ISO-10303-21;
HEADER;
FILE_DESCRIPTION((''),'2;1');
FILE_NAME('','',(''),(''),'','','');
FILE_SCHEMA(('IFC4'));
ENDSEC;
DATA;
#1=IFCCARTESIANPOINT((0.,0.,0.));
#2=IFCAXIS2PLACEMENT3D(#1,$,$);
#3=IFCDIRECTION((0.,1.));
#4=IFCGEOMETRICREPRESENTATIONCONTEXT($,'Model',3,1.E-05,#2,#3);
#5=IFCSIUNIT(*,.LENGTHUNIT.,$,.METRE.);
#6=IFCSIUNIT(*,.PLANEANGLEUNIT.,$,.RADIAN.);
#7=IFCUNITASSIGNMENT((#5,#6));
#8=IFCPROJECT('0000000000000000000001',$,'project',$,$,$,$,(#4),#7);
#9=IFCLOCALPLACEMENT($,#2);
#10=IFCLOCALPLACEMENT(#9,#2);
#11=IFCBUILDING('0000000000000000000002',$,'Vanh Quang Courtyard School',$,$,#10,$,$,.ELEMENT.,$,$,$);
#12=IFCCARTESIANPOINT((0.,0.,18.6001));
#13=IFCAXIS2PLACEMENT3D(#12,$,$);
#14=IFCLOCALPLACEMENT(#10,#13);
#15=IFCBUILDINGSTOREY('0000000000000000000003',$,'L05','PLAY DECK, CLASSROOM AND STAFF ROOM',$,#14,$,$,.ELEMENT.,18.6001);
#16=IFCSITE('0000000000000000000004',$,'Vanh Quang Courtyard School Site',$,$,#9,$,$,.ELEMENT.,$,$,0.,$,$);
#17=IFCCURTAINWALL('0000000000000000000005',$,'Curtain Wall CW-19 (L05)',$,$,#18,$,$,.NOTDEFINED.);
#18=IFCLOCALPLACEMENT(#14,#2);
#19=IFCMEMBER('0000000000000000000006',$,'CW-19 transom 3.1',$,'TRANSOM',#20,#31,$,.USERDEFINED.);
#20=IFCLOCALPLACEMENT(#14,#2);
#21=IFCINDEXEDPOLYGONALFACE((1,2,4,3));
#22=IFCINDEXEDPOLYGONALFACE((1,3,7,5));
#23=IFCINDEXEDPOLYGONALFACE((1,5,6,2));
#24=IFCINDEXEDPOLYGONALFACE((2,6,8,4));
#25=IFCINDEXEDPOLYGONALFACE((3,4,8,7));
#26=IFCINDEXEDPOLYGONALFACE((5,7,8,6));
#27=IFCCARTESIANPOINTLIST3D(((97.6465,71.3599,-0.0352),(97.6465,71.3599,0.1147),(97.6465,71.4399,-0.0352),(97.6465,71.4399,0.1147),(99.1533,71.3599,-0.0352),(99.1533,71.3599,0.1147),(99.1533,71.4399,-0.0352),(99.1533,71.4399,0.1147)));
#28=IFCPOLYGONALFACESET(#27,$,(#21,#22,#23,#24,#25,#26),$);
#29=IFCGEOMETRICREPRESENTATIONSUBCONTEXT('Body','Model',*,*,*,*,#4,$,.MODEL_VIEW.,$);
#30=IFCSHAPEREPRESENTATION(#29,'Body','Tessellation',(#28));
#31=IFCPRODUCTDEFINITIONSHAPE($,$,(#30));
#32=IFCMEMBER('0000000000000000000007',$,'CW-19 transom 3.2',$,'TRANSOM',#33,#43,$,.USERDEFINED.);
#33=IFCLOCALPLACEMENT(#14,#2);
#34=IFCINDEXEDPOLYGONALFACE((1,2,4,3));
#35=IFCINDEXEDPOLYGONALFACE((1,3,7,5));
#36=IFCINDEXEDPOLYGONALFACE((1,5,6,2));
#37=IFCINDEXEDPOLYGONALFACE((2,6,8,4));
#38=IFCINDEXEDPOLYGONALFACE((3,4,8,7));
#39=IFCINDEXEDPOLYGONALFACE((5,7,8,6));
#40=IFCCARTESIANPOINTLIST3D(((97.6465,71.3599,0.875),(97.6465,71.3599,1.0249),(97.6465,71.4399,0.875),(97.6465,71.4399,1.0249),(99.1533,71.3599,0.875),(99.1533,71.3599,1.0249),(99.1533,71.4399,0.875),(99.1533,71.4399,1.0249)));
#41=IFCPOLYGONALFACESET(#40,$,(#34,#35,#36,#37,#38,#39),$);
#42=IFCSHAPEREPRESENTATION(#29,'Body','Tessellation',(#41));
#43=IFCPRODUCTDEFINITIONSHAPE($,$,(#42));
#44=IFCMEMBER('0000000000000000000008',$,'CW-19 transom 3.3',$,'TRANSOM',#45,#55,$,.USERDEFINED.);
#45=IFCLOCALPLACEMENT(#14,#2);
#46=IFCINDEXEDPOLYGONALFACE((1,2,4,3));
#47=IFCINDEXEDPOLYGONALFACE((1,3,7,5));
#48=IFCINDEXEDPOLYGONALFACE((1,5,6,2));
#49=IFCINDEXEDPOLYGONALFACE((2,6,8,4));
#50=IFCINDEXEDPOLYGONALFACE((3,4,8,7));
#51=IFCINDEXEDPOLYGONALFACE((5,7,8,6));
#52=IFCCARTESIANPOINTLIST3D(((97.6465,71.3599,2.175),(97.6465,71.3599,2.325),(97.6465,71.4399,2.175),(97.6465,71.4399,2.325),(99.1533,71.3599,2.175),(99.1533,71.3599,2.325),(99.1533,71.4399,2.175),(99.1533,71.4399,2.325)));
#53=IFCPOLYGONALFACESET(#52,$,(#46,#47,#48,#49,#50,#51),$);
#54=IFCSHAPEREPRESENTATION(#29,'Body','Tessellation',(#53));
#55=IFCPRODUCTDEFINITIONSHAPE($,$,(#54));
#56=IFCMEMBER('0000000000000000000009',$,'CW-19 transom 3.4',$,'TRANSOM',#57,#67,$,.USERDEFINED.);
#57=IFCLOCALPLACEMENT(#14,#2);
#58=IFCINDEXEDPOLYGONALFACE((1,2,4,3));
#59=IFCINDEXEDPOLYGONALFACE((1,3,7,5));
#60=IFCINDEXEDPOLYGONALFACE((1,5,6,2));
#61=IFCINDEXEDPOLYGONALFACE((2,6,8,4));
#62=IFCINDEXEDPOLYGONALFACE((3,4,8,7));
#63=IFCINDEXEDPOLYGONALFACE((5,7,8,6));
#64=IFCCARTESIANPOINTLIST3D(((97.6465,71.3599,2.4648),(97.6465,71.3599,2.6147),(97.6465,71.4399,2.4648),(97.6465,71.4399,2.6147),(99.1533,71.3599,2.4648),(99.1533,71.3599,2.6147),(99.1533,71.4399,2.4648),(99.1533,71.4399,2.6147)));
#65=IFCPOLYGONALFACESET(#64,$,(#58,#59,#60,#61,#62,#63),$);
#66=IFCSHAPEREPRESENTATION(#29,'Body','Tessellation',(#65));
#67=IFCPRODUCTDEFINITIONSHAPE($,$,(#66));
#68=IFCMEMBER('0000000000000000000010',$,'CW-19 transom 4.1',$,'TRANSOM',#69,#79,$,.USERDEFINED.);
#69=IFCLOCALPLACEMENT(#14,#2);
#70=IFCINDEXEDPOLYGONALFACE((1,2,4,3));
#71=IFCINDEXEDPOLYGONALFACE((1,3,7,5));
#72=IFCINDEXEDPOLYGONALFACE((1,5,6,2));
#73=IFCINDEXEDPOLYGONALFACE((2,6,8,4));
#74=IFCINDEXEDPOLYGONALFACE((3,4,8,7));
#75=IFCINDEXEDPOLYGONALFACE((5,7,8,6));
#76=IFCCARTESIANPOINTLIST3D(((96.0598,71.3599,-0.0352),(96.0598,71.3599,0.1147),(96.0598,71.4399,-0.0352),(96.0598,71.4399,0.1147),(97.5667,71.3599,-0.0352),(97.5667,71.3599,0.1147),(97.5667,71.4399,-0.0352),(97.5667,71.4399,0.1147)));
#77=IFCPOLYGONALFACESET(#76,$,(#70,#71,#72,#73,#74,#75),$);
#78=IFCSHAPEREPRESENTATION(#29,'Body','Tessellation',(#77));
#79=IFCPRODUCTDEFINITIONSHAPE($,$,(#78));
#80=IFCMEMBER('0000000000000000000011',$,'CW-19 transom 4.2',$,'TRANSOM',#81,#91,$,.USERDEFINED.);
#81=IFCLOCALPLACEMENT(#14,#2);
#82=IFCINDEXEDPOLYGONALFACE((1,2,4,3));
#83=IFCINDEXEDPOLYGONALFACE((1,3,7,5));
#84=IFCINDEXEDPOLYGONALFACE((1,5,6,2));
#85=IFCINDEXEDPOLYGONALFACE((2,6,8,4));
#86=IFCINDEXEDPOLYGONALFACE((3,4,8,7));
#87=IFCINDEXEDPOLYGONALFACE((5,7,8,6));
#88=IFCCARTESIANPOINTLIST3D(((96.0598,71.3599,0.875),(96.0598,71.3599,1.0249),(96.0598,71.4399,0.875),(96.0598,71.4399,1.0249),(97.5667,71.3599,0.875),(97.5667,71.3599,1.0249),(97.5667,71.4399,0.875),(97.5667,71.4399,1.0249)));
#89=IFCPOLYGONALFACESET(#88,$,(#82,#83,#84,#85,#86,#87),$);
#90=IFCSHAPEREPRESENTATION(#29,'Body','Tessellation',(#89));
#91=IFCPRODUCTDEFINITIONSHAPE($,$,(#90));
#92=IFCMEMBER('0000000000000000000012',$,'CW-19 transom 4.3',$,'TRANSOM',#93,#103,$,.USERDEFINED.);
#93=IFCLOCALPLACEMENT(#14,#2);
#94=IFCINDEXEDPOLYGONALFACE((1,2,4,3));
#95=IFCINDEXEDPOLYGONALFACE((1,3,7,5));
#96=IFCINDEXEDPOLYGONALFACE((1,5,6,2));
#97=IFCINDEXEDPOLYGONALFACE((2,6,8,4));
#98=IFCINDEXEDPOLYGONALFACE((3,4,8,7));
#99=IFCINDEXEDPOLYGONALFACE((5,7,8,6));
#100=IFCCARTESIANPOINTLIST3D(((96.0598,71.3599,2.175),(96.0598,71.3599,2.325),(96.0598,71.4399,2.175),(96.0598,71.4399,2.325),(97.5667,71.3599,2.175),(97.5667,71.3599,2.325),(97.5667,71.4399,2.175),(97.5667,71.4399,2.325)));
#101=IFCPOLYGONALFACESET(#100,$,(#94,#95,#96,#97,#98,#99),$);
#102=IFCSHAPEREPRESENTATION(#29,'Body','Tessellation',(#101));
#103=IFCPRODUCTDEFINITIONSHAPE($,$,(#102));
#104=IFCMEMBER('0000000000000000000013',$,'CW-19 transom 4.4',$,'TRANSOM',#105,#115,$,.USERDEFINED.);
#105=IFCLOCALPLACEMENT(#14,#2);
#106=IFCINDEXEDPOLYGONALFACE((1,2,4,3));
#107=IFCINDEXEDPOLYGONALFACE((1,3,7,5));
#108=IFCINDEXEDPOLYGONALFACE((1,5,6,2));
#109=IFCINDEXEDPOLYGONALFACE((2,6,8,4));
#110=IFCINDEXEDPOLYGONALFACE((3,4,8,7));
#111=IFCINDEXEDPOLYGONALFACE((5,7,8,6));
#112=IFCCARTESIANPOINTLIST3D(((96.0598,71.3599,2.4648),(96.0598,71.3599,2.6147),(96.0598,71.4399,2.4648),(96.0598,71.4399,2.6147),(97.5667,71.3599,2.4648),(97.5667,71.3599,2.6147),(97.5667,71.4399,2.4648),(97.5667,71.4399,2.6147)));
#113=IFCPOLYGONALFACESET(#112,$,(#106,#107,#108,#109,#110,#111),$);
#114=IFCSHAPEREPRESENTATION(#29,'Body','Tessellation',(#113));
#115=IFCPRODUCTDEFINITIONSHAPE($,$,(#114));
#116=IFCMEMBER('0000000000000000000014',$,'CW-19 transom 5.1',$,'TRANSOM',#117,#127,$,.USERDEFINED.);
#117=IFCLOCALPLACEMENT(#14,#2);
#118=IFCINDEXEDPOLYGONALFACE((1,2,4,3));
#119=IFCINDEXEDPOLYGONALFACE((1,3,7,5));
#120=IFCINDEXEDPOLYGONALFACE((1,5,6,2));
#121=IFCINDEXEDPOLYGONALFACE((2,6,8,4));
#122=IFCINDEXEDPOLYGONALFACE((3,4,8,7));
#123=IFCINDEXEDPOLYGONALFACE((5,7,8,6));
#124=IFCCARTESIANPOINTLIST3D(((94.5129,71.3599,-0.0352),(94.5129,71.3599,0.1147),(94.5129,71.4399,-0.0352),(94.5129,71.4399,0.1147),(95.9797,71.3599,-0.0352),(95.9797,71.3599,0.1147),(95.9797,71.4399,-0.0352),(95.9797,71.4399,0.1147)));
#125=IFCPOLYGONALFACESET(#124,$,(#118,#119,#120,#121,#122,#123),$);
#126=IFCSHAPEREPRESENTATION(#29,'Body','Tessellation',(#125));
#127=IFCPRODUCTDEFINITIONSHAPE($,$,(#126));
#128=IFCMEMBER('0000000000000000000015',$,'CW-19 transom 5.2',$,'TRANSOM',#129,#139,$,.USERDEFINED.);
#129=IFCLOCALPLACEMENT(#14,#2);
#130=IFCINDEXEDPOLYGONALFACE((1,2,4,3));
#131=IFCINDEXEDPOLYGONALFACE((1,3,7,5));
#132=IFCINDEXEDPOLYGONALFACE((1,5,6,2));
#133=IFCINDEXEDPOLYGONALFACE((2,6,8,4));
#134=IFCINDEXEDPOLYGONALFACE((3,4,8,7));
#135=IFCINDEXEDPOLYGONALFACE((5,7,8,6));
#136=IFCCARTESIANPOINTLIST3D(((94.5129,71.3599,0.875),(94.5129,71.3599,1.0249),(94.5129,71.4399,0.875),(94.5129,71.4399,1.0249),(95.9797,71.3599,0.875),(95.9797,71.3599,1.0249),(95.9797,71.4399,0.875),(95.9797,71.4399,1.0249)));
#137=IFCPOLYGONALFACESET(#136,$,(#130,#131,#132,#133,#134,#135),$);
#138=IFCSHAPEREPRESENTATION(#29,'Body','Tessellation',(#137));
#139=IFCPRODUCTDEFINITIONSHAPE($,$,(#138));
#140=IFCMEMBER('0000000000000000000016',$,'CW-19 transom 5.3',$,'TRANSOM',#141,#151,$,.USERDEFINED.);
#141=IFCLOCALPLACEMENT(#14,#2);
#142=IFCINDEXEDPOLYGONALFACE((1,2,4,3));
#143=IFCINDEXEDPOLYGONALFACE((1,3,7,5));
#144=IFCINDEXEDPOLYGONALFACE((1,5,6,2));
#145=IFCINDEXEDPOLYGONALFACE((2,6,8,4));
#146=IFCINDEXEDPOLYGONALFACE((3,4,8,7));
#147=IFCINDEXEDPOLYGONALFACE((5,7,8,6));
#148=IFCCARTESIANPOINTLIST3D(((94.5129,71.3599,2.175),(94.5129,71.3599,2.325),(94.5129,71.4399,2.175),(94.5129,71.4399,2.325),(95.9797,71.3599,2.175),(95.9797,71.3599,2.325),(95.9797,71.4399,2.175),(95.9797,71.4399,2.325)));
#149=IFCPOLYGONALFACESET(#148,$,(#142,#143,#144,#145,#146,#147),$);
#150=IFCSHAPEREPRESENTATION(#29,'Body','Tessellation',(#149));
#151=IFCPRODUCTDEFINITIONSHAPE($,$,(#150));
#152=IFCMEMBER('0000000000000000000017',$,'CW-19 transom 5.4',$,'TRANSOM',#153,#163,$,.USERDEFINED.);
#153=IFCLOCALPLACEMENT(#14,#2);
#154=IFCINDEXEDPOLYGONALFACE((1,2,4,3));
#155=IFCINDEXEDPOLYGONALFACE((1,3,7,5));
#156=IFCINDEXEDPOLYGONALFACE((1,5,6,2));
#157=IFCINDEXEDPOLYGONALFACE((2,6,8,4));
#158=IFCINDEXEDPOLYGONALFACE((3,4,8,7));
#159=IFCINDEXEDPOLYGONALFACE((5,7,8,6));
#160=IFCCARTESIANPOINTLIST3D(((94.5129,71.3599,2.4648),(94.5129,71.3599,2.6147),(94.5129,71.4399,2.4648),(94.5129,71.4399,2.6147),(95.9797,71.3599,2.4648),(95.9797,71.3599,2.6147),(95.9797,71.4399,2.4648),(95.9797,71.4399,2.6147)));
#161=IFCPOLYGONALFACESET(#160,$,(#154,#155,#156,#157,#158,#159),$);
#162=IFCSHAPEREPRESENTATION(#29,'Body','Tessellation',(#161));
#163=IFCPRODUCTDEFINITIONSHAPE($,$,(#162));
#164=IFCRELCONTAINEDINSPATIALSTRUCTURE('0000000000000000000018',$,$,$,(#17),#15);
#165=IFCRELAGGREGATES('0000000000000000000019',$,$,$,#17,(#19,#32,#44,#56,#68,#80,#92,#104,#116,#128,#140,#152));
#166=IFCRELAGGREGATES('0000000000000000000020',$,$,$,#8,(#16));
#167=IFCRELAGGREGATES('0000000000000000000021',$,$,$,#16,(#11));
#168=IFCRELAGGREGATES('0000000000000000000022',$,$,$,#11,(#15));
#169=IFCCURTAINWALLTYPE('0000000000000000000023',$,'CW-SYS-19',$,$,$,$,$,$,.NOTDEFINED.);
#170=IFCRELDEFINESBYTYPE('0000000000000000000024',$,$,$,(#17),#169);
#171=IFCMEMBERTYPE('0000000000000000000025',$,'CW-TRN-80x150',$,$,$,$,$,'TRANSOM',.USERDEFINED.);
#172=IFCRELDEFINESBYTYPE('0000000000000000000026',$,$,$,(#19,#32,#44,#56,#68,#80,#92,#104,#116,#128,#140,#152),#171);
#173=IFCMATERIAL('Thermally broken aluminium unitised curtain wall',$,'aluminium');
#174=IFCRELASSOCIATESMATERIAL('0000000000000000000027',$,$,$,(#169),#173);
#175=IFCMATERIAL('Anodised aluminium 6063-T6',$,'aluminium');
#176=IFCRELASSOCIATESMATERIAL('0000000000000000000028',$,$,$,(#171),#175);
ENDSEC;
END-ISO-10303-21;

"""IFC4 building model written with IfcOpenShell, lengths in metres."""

from ifc_helpers import new_model, si_unit, direction, frame, origin, origin_2d, place, context, subcontext, project, spatial, rectangle, extrude, material, material_profile, profile_set, type_object, element, aggregate, save


model = new_model("IFC4")

# Units and contexts
model_context = context("Model", 3, precision=1e-05, world=origin(), true_north=direction((0.0, 1.0)))
body_context = subcontext(model_context, "Body", "Model", "MODEL_VIEW")
ifc_project = project(units=[si_unit("LENGTHUNIT", "METRE"), si_unit("PLANEANGLEUNIT", "RADIAN")], contexts=[model_context])

# Site, building, storey
site_placement = place(None, origin())
site = spatial("IfcSite", under=ifc_project, at=site_placement, Name="Vanh Quang Courtyard School Site", CompositionType="ELEMENT", RefElevation=0.0)
building_placement = place(site_placement, origin())
building = spatial("IfcBuilding", under=site, at=building_placement, Name="Vanh Quang Courtyard School", CompositionType="ELEMENT")
storey_placement = place(building_placement, frame((0.0, 0.0, 18.6001)))
storey = spatial("IfcBuildingStorey", under=building, at=storey_placement, Name="L05", Description="PLAY DECK, CLASSROOM AND STAFF ROOM", CompositionType="ELEMENT", Elevation=18.6001)

# Shared definitions
ifc_material_1 = material(Name="Thermally broken aluminium unitised curtain wall", Category="aluminium")
ifc_material_2 = material(Name="Anodised aluminium 6063-T6", Category="aluminium")

# Curtain wall
curtain_wall_type_1 = type_object("IfcCurtainWallType", Name="CW-SYS-19", PredefinedType="NOTDEFINED", material=ifc_material_1)
curtain_wall_1_placement = place(storey_placement, origin())
curtain_wall_1 = element("IfcCurtainWall", 1, at=curtain_wall_1_placement, inside=storey, type_object=curtain_wall_type_1, Name="Curtain Wall CW-19 (L05)", PredefinedType="NOTDEFINED")

# Members
ifc_material_profile_1 = material_profile(ifc_material_2, rectangle(XDim=0.0801, YDim=0.1499, at=origin_2d()), Name="ALU-TRN 80x150")
ifc_profile_set_1 = profile_set([ifc_material_profile_1], Name="Anodised aluminium 6063-T6")
member_type_1 = type_object("IfcMemberType", Name="CW-TRN-80x150", ElementType="TRANSOM", PredefinedType="USERDEFINED", material=ifc_profile_set_1)
member_1_placement = place(storey_placement, frame((99.1533, 71.3999, 0.0398), z_axis=(-1.0, 0.0, 0.0), x_axis=(0.0, -1.0, 0.0)))
member_1 = element("IfcMember", 2, at=member_1_placement, type_object=member_type_1, Name="CW-19 transom 3.1", ObjectType="TRANSOM", PredefinedType="USERDEFINED", context=body_context, shape_type="SweptSolid", body=[
    extrude(rectangle(XDim=0.0801, YDim=0.1499, at=origin_2d()), origin(), (0.0, 0.0, 1.0), 1.5068),
])
member_2_placement = place(storey_placement, frame((99.1533, 71.3999, 0.95), z_axis=(-1.0, 0.0, 0.0), x_axis=(0.0, -1.0, 0.0)))
member_2 = element("IfcMember", 3, at=member_2_placement, type_object=member_type_1, Name="CW-19 transom 3.2", ObjectType="TRANSOM", PredefinedType="USERDEFINED", context=body_context, shape_type="SweptSolid", body=[
    extrude(rectangle(XDim=0.0801, YDim=0.1499, at=origin_2d()), origin(), (0.0, 0.0, 1.0), 1.5068),
])
member_3_placement = place(storey_placement, frame((99.1533, 71.3999, 2.25), z_axis=(-1.0, 0.0, 0.0), x_axis=(0.0, -1.0, 0.0)))
member_3 = element("IfcMember", 4, at=member_3_placement, type_object=member_type_1, Name="CW-19 transom 3.3", ObjectType="TRANSOM", PredefinedType="USERDEFINED", context=body_context, shape_type="SweptSolid", body=[
    extrude(rectangle(XDim=0.0801, YDim=0.1499, at=origin_2d()), origin(), (0.0, 0.0, 1.0), 1.5068),
])
member_4_placement = place(storey_placement, frame((99.1533, 71.3999, 2.5398), z_axis=(-1.0, 0.0, 0.0), x_axis=(0.0, -1.0, 0.0)))
member_4 = element("IfcMember", 5, at=member_4_placement, type_object=member_type_1, Name="CW-19 transom 3.4", ObjectType="TRANSOM", PredefinedType="USERDEFINED", context=body_context, shape_type="SweptSolid", body=[
    extrude(rectangle(XDim=0.0801, YDim=0.1499, at=origin_2d()), origin(), (0.0, 0.0, 1.0), 1.5068),
])
member_5_placement = place(storey_placement, frame((97.5667, 71.3999, 0.0398), z_axis=(-1.0, 0.0, 0.0), x_axis=(0.0, -1.0, 0.0)))
member_5 = element("IfcMember", 6, at=member_5_placement, type_object=member_type_1, Name="CW-19 transom 4.1", ObjectType="TRANSOM", PredefinedType="USERDEFINED", context=body_context, shape_type="SweptSolid", body=[
    extrude(rectangle(XDim=0.0801, YDim=0.1499, at=origin_2d()), origin(), (0.0, 0.0, 1.0), 1.5068),
])
member_6_placement = place(storey_placement, frame((97.5667, 71.3999, 0.95), z_axis=(-1.0, 0.0, 0.0), x_axis=(0.0, -1.0, 0.0)))
member_6 = element("IfcMember", 7, at=member_6_placement, type_object=member_type_1, Name="CW-19 transom 4.2", ObjectType="TRANSOM", PredefinedType="USERDEFINED", context=body_context, shape_type="SweptSolid", body=[
    extrude(rectangle(XDim=0.0801, YDim=0.1499, at=origin_2d()), origin(), (0.0, 0.0, 1.0), 1.5068),
])
member_7_placement = place(storey_placement, frame((97.5667, 71.3999, 2.25), z_axis=(-1.0, 0.0, 0.0), x_axis=(0.0, -1.0, 0.0)))
member_7 = element("IfcMember", 8, at=member_7_placement, type_object=member_type_1, Name="CW-19 transom 4.3", ObjectType="TRANSOM", PredefinedType="USERDEFINED", context=body_context, shape_type="SweptSolid", body=[
    extrude(rectangle(XDim=0.0801, YDim=0.1499, at=origin_2d()), origin(), (0.0, 0.0, 1.0), 1.5068),
])
member_8_placement = place(storey_placement, frame((97.5667, 71.3999, 2.5398), z_axis=(-1.0, 0.0, 0.0), x_axis=(0.0, -1.0, 0.0)))
member_8 = element("IfcMember", 9, at=member_8_placement, type_object=member_type_1, Name="CW-19 transom 4.4", ObjectType="TRANSOM", PredefinedType="USERDEFINED", context=body_context, shape_type="SweptSolid", body=[
    extrude(rectangle(XDim=0.0801, YDim=0.1499, at=origin_2d()), origin(), (0.0, 0.0, 1.0), 1.5068),
])
member_9_placement = place(storey_placement, frame((95.9797, 71.3999, 0.0398), z_axis=(-1.0, 0.0, 0.0), x_axis=(0.0, -1.0, 0.0)))
member_9 = element("IfcMember", 10, at=member_9_placement, type_object=member_type_1, Name="CW-19 transom 5.1", ObjectType="TRANSOM", PredefinedType="USERDEFINED", context=body_context, shape_type="SweptSolid", body=[
    extrude(rectangle(XDim=0.0801, YDim=0.1499, at=origin_2d()), origin(), (0.0, 0.0, 1.0), 1.4668),
])
member_10_placement = place(storey_placement, frame((95.9797, 71.3999, 0.95), z_axis=(-1.0, 0.0, 0.0), x_axis=(0.0, -1.0, 0.0)))
member_10 = element("IfcMember", 11, at=member_10_placement, type_object=member_type_1, Name="CW-19 transom 5.2", ObjectType="TRANSOM", PredefinedType="USERDEFINED", context=body_context, shape_type="SweptSolid", body=[
    extrude(rectangle(XDim=0.0801, YDim=0.1499, at=origin_2d()), origin(), (0.0, 0.0, 1.0), 1.4668),
])
member_11_placement = place(storey_placement, frame((95.9797, 71.3999, 2.25), z_axis=(-1.0, 0.0, 0.0), x_axis=(0.0, -1.0, 0.0)))
member_11 = element("IfcMember", 12, at=member_11_placement, type_object=member_type_1, Name="CW-19 transom 5.3", ObjectType="TRANSOM", PredefinedType="USERDEFINED", context=body_context, shape_type="SweptSolid", body=[
    extrude(rectangle(XDim=0.0801, YDim=0.1499, at=origin_2d()), origin(), (0.0, 0.0, 1.0), 1.4668),
])
member_12_placement = place(storey_placement, frame((95.9797, 71.3999, 2.5398), z_axis=(-1.0, 0.0, 0.0), x_axis=(0.0, -1.0, 0.0)))
member_12 = element("IfcMember", 13, at=member_12_placement, type_object=member_type_1, Name="CW-19 transom 5.4", ObjectType="TRANSOM", PredefinedType="USERDEFINED", context=body_context, shape_type="SweptSolid", body=[
    extrude(rectangle(XDim=0.0801, YDim=0.1499, at=origin_2d()), origin(), (0.0, 0.0, 1.0), 1.4668),
])

aggregate(curtain_wall_1, [member_1, member_2, member_3, member_4, member_5, member_6, member_7, member_8, member_9, member_10, member_11, member_12])

save(model, "model.ifc")
